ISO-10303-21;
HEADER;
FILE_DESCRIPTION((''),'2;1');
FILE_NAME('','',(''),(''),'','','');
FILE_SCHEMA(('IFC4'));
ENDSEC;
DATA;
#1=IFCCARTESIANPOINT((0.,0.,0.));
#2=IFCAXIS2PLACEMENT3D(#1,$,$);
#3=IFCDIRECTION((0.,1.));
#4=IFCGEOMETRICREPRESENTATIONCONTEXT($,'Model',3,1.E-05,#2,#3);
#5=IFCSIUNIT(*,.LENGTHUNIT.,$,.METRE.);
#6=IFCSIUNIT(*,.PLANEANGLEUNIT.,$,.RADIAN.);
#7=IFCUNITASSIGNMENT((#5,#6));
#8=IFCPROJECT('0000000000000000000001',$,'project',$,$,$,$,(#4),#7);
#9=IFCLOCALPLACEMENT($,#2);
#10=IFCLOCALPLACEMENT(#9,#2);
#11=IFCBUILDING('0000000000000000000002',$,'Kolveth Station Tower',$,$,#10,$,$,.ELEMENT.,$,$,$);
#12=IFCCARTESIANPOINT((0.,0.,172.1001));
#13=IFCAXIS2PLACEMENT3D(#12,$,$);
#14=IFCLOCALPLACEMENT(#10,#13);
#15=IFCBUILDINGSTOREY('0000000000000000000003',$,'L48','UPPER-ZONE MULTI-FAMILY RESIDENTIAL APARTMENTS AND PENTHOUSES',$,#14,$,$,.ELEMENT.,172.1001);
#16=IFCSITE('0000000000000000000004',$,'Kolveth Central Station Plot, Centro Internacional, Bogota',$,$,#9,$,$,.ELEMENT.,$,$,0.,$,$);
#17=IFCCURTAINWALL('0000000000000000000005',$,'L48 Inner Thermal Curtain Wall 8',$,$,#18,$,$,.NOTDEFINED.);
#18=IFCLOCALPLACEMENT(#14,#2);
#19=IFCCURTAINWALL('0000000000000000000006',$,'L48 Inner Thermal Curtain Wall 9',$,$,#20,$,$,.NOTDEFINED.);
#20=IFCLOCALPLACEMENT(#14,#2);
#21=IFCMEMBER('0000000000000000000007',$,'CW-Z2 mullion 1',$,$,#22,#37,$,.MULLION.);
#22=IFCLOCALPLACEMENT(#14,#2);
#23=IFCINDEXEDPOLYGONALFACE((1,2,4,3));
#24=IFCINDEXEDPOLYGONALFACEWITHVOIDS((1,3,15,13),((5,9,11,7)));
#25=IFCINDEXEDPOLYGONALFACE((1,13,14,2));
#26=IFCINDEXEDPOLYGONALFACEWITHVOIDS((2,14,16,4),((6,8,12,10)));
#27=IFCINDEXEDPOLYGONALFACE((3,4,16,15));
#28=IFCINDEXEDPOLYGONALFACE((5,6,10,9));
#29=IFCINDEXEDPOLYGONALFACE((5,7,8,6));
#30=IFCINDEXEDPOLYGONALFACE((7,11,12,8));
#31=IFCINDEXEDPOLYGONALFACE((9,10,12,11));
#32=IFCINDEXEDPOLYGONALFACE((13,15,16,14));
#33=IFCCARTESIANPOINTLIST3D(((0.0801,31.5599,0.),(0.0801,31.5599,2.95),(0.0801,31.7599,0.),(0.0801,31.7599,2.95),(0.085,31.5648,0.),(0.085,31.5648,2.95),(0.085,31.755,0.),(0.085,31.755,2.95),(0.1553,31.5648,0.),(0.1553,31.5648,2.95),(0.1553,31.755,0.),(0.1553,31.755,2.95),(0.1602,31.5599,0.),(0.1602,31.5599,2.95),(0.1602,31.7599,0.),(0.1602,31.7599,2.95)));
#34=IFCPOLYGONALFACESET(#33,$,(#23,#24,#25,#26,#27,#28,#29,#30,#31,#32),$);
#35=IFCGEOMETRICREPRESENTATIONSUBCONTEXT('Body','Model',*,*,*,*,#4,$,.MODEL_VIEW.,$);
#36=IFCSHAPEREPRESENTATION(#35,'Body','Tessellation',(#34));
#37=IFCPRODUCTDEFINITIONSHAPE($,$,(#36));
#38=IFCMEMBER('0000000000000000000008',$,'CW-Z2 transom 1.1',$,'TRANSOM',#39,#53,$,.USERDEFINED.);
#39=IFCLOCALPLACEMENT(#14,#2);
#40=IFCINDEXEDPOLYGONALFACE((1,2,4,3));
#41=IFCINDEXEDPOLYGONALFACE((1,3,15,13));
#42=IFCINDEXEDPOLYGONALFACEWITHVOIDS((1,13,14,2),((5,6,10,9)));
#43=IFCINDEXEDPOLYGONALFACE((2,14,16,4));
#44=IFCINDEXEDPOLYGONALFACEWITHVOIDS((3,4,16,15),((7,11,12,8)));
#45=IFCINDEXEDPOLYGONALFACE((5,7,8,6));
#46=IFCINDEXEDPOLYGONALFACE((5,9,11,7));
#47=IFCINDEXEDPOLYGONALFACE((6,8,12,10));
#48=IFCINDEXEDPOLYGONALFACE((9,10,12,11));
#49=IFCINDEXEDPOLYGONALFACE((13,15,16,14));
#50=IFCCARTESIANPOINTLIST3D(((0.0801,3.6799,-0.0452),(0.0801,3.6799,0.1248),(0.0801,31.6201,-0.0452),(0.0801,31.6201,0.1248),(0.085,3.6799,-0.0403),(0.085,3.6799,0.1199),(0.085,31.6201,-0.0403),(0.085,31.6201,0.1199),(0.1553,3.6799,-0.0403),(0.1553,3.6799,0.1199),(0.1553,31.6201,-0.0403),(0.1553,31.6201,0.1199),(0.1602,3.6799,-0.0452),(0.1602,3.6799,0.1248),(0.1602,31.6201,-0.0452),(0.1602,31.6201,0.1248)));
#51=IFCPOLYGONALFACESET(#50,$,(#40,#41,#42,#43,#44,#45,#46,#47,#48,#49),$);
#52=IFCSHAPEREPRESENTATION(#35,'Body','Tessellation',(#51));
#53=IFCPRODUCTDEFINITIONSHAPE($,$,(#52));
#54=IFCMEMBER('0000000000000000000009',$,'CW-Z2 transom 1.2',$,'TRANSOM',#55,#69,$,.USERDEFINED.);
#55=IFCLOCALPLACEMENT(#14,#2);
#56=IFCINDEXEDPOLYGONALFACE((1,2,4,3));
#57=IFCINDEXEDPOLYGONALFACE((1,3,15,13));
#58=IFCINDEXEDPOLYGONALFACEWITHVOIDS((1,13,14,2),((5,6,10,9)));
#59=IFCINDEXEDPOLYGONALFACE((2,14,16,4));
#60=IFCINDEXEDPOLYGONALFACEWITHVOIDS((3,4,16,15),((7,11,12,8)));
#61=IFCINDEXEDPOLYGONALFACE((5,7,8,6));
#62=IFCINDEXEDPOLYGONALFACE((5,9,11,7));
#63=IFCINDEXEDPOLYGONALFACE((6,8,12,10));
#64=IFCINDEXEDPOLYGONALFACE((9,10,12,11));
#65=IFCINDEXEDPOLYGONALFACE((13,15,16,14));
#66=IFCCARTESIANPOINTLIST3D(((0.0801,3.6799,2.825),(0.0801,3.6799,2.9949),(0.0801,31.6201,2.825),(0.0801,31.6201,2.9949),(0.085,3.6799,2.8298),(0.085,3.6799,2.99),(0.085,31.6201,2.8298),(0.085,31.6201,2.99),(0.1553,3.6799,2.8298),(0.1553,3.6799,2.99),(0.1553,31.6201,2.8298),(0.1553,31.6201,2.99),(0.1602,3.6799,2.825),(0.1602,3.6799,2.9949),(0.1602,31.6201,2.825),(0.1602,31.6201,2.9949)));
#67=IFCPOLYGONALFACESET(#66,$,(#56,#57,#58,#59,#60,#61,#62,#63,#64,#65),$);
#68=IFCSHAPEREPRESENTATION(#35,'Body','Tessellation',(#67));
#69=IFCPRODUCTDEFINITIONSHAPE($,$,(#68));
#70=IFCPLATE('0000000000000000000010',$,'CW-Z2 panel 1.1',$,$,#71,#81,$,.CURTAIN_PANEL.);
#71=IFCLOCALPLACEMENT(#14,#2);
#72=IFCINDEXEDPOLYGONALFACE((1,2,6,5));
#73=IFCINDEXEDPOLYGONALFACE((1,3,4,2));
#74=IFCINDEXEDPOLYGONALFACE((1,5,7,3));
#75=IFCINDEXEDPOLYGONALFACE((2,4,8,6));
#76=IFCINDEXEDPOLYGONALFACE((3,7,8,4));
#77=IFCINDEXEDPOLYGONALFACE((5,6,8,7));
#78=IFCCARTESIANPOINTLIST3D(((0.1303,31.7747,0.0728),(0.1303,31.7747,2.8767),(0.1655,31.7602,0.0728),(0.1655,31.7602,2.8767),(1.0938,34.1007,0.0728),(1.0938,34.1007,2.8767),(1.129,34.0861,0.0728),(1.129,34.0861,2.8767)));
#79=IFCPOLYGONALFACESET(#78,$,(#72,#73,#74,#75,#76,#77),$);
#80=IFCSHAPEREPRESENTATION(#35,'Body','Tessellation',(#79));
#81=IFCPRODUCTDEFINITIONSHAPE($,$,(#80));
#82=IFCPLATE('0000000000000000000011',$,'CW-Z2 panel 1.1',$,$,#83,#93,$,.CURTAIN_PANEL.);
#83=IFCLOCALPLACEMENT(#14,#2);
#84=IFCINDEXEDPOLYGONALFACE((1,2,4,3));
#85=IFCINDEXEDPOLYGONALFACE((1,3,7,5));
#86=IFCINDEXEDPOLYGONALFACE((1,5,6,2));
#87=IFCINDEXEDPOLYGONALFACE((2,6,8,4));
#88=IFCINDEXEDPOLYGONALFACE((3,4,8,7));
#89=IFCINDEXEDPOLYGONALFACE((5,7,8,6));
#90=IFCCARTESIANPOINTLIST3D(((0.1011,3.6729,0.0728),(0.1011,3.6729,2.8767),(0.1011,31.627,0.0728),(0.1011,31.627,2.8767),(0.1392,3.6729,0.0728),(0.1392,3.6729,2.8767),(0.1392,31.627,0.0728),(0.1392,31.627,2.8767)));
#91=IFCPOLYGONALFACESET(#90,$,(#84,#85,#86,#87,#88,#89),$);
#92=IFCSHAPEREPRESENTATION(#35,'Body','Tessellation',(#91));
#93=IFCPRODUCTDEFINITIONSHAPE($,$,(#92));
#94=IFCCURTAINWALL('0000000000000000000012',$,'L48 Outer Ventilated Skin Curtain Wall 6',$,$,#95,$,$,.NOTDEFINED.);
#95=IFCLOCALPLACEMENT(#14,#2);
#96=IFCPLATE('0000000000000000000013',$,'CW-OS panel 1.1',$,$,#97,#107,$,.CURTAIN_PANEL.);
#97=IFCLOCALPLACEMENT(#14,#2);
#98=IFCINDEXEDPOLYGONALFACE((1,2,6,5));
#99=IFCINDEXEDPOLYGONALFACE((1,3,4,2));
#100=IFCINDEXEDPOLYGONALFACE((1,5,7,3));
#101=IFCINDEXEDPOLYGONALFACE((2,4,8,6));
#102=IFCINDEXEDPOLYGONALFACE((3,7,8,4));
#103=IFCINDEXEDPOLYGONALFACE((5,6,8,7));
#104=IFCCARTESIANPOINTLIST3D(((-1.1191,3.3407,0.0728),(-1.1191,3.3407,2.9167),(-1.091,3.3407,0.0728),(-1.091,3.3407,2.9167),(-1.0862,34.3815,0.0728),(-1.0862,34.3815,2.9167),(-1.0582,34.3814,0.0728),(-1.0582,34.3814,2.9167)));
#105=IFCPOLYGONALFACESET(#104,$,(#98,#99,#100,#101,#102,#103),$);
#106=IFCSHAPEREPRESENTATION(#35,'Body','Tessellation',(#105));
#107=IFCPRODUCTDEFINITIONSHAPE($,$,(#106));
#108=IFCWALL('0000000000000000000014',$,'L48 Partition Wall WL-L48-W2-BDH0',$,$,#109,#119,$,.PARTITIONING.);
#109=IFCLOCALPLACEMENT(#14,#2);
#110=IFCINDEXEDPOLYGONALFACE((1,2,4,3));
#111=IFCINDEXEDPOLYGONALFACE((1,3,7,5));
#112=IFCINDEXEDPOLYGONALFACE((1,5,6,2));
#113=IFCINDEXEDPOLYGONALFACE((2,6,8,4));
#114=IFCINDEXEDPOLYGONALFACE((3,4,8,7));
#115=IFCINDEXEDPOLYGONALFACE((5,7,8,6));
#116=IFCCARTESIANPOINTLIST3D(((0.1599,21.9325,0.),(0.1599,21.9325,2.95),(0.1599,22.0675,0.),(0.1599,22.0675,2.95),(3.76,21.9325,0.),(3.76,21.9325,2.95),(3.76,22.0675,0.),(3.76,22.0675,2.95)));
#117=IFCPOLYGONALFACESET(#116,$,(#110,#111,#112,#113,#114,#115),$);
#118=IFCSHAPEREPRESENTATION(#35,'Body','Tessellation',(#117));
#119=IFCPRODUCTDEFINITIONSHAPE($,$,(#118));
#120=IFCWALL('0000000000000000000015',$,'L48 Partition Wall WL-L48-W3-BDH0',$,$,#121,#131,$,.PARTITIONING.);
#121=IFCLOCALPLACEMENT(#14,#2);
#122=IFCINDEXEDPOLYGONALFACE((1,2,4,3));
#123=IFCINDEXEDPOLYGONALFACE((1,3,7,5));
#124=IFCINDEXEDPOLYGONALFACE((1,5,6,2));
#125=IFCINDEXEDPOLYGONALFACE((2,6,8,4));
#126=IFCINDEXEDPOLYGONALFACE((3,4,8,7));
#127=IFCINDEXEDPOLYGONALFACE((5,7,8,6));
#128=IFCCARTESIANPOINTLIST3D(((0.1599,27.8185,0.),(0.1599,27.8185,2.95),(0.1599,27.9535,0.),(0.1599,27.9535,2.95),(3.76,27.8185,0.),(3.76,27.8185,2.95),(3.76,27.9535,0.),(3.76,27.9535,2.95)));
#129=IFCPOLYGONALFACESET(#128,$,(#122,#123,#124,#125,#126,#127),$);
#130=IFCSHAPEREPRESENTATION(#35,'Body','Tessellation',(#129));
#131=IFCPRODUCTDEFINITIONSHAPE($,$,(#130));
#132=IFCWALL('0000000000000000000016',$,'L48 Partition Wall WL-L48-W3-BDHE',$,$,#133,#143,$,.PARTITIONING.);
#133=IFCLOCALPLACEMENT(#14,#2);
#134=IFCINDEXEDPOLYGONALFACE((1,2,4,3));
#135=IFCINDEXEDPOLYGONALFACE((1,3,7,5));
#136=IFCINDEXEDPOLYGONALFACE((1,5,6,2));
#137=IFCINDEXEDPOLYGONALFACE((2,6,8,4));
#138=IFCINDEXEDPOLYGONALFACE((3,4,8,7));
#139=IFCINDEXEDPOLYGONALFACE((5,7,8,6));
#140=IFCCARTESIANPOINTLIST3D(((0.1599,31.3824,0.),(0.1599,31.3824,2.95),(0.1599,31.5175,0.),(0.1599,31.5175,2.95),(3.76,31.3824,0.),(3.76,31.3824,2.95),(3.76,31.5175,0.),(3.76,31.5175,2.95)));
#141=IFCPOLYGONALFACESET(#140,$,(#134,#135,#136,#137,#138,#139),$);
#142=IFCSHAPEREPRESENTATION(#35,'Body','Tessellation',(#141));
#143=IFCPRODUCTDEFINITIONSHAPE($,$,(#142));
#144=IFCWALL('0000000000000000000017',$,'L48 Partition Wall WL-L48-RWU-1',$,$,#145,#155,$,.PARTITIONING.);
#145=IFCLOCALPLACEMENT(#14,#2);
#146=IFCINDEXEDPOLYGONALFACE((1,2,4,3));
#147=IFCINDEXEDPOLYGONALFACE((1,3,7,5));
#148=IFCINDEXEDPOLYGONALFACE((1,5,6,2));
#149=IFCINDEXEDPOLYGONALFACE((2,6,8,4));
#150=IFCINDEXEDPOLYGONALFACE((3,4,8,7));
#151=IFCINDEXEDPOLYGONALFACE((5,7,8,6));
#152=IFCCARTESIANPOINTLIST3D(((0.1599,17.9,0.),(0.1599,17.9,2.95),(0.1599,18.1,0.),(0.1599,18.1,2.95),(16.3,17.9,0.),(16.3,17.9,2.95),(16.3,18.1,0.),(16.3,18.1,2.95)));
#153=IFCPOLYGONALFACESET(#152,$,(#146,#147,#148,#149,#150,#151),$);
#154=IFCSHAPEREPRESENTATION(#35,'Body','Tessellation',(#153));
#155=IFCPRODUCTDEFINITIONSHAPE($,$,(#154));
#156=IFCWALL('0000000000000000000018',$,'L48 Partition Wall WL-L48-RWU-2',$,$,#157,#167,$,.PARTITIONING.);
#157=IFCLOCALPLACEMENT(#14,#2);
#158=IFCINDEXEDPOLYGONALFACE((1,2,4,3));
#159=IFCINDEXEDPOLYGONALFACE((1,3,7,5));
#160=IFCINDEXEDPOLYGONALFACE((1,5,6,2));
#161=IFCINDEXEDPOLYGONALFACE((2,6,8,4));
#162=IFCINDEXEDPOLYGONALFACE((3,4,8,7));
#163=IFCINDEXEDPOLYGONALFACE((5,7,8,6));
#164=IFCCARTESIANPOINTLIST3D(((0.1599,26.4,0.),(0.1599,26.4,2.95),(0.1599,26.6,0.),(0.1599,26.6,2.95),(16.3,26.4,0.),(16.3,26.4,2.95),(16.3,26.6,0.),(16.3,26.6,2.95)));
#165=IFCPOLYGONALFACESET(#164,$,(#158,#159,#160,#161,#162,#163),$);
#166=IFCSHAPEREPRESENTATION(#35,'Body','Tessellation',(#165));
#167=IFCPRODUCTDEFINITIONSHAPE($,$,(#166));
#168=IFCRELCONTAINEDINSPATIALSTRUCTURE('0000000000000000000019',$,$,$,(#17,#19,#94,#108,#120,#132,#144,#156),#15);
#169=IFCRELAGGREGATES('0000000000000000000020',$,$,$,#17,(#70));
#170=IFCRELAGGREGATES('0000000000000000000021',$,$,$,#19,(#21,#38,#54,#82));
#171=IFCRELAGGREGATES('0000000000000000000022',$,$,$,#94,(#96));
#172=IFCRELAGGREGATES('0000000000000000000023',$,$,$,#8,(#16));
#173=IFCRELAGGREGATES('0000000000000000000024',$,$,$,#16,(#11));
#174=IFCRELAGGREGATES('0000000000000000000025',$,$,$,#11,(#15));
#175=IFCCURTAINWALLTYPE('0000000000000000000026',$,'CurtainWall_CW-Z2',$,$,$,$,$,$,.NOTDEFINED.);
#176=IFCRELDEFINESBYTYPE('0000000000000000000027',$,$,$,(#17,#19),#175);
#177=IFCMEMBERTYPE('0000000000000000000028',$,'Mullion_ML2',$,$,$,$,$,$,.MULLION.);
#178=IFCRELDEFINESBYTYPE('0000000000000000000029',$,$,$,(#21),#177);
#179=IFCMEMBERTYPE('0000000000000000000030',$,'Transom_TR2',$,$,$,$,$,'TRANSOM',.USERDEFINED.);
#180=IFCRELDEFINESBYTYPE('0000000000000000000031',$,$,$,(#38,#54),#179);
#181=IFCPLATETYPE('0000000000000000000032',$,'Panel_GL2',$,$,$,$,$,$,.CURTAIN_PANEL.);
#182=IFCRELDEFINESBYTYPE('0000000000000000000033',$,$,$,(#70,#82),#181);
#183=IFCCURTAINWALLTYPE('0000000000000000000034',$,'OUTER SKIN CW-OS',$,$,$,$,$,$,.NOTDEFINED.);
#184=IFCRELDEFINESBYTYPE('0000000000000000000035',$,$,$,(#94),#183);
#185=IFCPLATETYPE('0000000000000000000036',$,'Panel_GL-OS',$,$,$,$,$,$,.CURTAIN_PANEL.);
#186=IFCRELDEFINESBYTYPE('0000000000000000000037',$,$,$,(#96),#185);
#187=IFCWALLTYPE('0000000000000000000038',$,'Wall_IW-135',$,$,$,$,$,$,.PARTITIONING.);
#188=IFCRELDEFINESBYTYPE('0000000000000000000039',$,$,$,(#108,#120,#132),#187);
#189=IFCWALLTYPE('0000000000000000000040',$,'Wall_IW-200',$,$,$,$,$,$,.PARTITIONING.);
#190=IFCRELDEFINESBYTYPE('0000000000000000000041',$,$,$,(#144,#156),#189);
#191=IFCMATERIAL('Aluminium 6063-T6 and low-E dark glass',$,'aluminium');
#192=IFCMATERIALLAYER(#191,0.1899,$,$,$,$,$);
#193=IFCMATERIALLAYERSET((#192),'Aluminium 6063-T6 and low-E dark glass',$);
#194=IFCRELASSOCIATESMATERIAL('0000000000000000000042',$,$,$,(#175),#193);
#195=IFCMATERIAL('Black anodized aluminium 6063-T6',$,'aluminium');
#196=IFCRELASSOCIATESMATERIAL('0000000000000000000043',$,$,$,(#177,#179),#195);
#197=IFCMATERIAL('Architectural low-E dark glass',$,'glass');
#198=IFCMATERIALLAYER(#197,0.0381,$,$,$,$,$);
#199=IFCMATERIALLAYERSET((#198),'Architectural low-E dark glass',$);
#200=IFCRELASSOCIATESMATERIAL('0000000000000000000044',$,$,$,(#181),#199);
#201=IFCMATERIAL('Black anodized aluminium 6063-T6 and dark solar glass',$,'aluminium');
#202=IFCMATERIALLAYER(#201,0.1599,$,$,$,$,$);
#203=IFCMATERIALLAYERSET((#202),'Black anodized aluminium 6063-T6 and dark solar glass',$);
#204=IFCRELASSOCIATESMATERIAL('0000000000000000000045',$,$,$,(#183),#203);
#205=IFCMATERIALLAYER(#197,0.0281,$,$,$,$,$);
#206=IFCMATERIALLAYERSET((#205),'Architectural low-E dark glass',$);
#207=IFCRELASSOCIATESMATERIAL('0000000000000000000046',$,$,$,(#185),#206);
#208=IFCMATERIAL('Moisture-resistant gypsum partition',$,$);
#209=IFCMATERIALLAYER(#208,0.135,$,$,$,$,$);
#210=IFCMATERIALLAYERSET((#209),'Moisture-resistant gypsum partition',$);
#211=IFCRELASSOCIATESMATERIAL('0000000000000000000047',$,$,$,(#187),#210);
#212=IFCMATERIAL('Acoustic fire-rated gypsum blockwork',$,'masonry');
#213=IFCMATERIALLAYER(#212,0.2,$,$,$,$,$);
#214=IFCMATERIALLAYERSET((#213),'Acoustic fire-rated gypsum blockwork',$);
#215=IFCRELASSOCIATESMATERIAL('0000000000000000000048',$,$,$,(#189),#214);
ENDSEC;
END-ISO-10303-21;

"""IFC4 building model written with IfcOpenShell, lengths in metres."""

from ifc_helpers import new_model, si_unit, direction, frame, frame_2d, origin, origin_2d, place, context, subcontext, project, spatial, rectangle, hollow_rectangle, extrude, source, transform, mapped, material, layer, layer_set, material_profile, profile_set, type_object, element, aggregate, save


model = new_model("IFC4")

# Units and contexts
model_context = context("Model", 3, precision=1e-05, world=origin(), true_north=direction((0.0, 1.0)))
body_context = subcontext(model_context, "Body", "Model", "MODEL_VIEW")
ifc_project = project(units=[si_unit("LENGTHUNIT", "METRE"), si_unit("PLANEANGLEUNIT", "RADIAN")], contexts=[model_context])

# Site, building, storey
site_placement = place(None, origin())
site = spatial("IfcSite", under=ifc_project, at=site_placement, Name="Kolveth Central Station Plot, Centro Internacional, Bogota", CompositionType="ELEMENT", RefElevation=0.0)
building_placement = place(site_placement, origin())
building = spatial("IfcBuilding", under=site, at=building_placement, Name="Kolveth Station Tower", CompositionType="ELEMENT")
storey_placement = place(building_placement, frame((0.0, 0.0, 172.1001)))
storey = spatial("IfcBuildingStorey", under=building, at=storey_placement, Name="L48", Description="UPPER-ZONE MULTI-FAMILY RESIDENTIAL APARTMENTS AND PENTHOUSES", CompositionType="ELEMENT", Elevation=172.1001)

# Curtain wall
ifc_material_1 = material(Name="Aluminium 6063-T6 and low-E dark glass", Category="aluminium")
ifc_layer_1 = layer(ifc_material_1, 0.1899)
ifc_layer_set_1 = layer_set([ifc_layer_1], Name="Aluminium 6063-T6 and low-E dark glass")
curtain_wall_type_1 = type_object("IfcCurtainWallType", Name="CurtainWall_CW-Z2", PredefinedType="NOTDEFINED", material=ifc_layer_set_1)
curtain_wall_1_placement = place(storey_placement, origin())
curtain_wall_1 = element("IfcCurtainWall", 1, at=curtain_wall_1_placement, inside=storey, type_object=curtain_wall_type_1, Name="L48 Inner Thermal Curtain Wall 8", PredefinedType="NOTDEFINED")
ifc_material_2 = material(Name="Black anodized aluminium 6063-T6", Category="aluminium")
ifc_material_profile_1 = material_profile(ifc_material_2, hollow_rectangle(XDim=0.0801, YDim=0.2, WallThickness=0.0049, at=origin_2d()), Name="ALU-80x200x5")
ifc_profile_set_1 = profile_set([ifc_material_profile_1], Name="Black anodized aluminium 6063-T6")
member_type_1 = type_object("IfcMemberType", Name="Mullion_ML2", PredefinedType="MULLION", material=ifc_profile_set_1)
shared_shape_1 = source(origin(), body_context, "Body", "SweptSolid", [
    extrude(hollow_rectangle(XDim=0.0801, YDim=0.2, WallThickness=0.0049, at=origin_2d()), origin(), (0.0, 0.0, 1.0), 2.95),
])

# Curtain wall, members
curtain_wall_2_placement = place(storey_placement, origin())
curtain_wall_2 = element("IfcCurtainWall", 2, at=curtain_wall_2_placement, inside=storey, type_object=curtain_wall_type_1, Name="L48 Inner Thermal Curtain Wall 9", PredefinedType="NOTDEFINED")
member_1_placement = place(storey_placement, frame((0.1201, 31.6599, 0.0), z_axis=(0.0, 0.0, 1.0), x_axis=(1.0, 0.0, 0.0)))
member_1 = element("IfcMember", 3, at=member_1_placement, type_object=member_type_1, Name="CW-Z2 mullion 1", PredefinedType="MULLION", context=body_context, shape_type="MappedRepresentation", body=[
    mapped(shared_shape_1, transform((0.0, 0.0, 0.0), x_axis=(1.0, 0.0, 0.0), y_axis=(0.0, 1.0, 0.0), z_axis=(0.0, 0.0, 1.0), scale=1.0)),
])
ifc_material_profile_2 = material_profile(ifc_material_2, hollow_rectangle(XDim=0.0801, YDim=0.1699, WallThickness=0.0049, at=origin_2d()), Name="ALU-80x170x5")
ifc_profile_set_2 = profile_set([ifc_material_profile_2], Name="Black anodized aluminium 6063-T6")
member_type_2 = type_object("IfcMemberType", Name="Transom_TR2", ElementType="TRANSOM", PredefinedType="USERDEFINED", material=ifc_profile_set_2)
shared_shape_2 = source(origin(), body_context, "Body", "SweptSolid", [
    extrude(hollow_rectangle(XDim=0.0801, YDim=0.1699, WallThickness=0.0049, at=origin_2d()), origin(), (0.0, 0.0, 1.0), 27.9402),
])
member_2_placement = place(storey_placement, frame((0.1201, 31.6201, 0.0398), z_axis=(0.0, -1.0, 0.0), x_axis=(1.0, 0.0, 0.0)))
member_2 = element("IfcMember", 4, at=member_2_placement, type_object=member_type_2, Name="CW-Z2 transom 1.1", ObjectType="TRANSOM", PredefinedType="USERDEFINED", context=body_context, shape_type="MappedRepresentation", body=[
    mapped(shared_shape_2, transform((0.0, 0.0, 0.0), x_axis=(1.0, 0.0, 0.0), y_axis=(0.0, 1.0, 0.0), z_axis=(0.0, 0.0, 1.0), scale=1.0)),
])
member_3_placement = place(storey_placement, frame((0.1201, 31.6201, 2.9099), z_axis=(0.0, -1.0, 0.0), x_axis=(1.0, 0.0, 0.0)))
member_3 = element("IfcMember", 5, at=member_3_placement, type_object=member_type_2, Name="CW-Z2 transom 1.2", ObjectType="TRANSOM", PredefinedType="USERDEFINED", context=body_context, shape_type="MappedRepresentation", body=[
    mapped(shared_shape_2, transform((0.0, 0.0, 0.0), x_axis=(1.0, 0.0, 0.0), y_axis=(0.0, 1.0, 0.0), z_axis=(0.0, 0.0, 1.0), scale=1.0)),
])

# Plates
ifc_material_3 = material(Name="Architectural low-E dark glass", Category="glass")
ifc_layer_2 = layer(ifc_material_3, 0.0381)
ifc_layer_set_2 = layer_set([ifc_layer_2], Name="Architectural low-E dark glass")
plate_type_1 = type_object("IfcPlateType", Name="Panel_GL2", PredefinedType="CURTAIN_PANEL", material=ifc_layer_set_2)
shared_shape_3 = source(origin(), body_context, "Body", "SweptSolid", [
    extrude(rectangle(XDim=2.5176, YDim=0.0381, at=origin_2d()), origin(), (0.0, 0.0, 1.0), 2.804),
])
plate_1_placement = place(storey_placement, frame((0.6296, 32.9304, 0.0728), z_axis=(0.0, 0.0, 1.0), x_axis=(-0.382698, -0.923874, 0.0)))
plate_1 = element("IfcPlate", 6, at=plate_1_placement, type_object=plate_type_1, Name="CW-Z2 panel 1.1", PredefinedType="CURTAIN_PANEL", context=body_context, shape_type="MappedRepresentation", body=[
    mapped(shared_shape_3, transform((0.0, 0.0, 0.0), x_axis=(1.0, 0.0, 0.0), y_axis=(0.0, 1.0, 0.0), z_axis=(0.0, 0.0, 1.0), scale=1.0)),
])
aggregate(curtain_wall_1, [plate_1])
shared_shape_4 = source(origin(), body_context, "Body", "SweptSolid", [
    extrude(rectangle(XDim=27.9541, YDim=0.0381, at=origin_2d()), origin(), (0.0, 0.0, 1.0), 2.804),
])
plate_2_placement = place(storey_placement, frame((0.1201, 17.6499, 0.0728), z_axis=(0.0, 0.0, 1.0), x_axis=(0.0, -1.0, 0.0)))
plate_2 = element("IfcPlate", 7, at=plate_2_placement, type_object=plate_type_1, Name="CW-Z2 panel 1.1", PredefinedType="CURTAIN_PANEL", context=body_context, shape_type="MappedRepresentation", body=[
    mapped(shared_shape_4, transform((0.0, 0.0, 0.0), x_axis=(1.0, 0.0, 0.0), y_axis=(0.0, 1.0, 0.0), z_axis=(0.0, 0.0, 1.0), scale=1.0)),
])
aggregate(curtain_wall_2, [member_1, member_2, member_3, plate_2])

# Curtain wall, plate
ifc_material_4 = material(Name="Black anodized aluminium 6063-T6 and dark solar glass", Category="aluminium")
ifc_layer_3 = layer(ifc_material_4, 0.1599)
ifc_layer_set_3 = layer_set([ifc_layer_3], Name="Black anodized aluminium 6063-T6 and dark solar glass")
curtain_wall_type_2 = type_object("IfcCurtainWallType", Name="OUTER SKIN CW-OS", PredefinedType="NOTDEFINED", material=ifc_layer_set_3)
curtain_wall_3_placement = place(storey_placement, origin())
curtain_wall_3 = element("IfcCurtainWall", 8, at=curtain_wall_3_placement, inside=storey, type_object=curtain_wall_type_2, Name="L48 Outer Ventilated Skin Curtain Wall 6", PredefinedType="NOTDEFINED")
ifc_layer_4 = layer(ifc_material_3, 0.0281)
ifc_layer_set_4 = layer_set([ifc_layer_4], Name="Architectural low-E dark glass")
plate_type_2 = type_object("IfcPlateType", Name="Panel_GL-OS", PredefinedType="CURTAIN_PANEL", material=ifc_layer_set_4)
shared_shape_5 = source(origin(), body_context, "Body", "SweptSolid", [
    extrude(rectangle(XDim=31.0408, YDim=0.0281, at=origin_2d()), origin(), (0.0, 0.0, 1.0), 2.844),
])
plate_3_placement = place(storey_placement, frame((-1.0886, 18.8611, 0.0728), z_axis=(0.0, 0.0, 1.0), x_axis=(-0.001057, -0.999999, 0.0)))
plate_3 = element("IfcPlate", 9, at=plate_3_placement, type_object=plate_type_2, Name="CW-OS panel 1.1", PredefinedType="CURTAIN_PANEL", context=body_context, shape_type="MappedRepresentation", body=[
    mapped(shared_shape_5, transform((0.0, 0.0, 0.0), x_axis=(1.0, 0.0, 0.0), y_axis=(0.0, 1.0, 0.0), z_axis=(0.0, 0.0, 1.0), scale=1.0)),
])
aggregate(curtain_wall_3, [plate_3])

# Wall
ifc_material_5 = material(Name="Moisture-resistant gypsum partition")
ifc_layer_5 = layer(ifc_material_5, 0.135)
ifc_layer_set_5 = layer_set([ifc_layer_5], Name="Moisture-resistant gypsum partition")
wall_type_1 = type_object("IfcWallType", Name="Wall_IW-135", PredefinedType="PARTITIONING", material=ifc_layer_set_5)
wall_1_placement = place(storey_placement, frame((0.1599, 22.0, 0.0), z_axis=(0.0, 0.0, 1.0), x_axis=(1.0, 0.0, 0.0)))
element("IfcWall", 10, at=wall_1_placement, inside=storey, type_object=wall_type_1, Name="L48 Partition Wall WL-L48-W2-BDH0", PredefinedType="PARTITIONING", context=body_context, shape_type="SweptSolid", body=[
    extrude(rectangle(XDim=3.6001, YDim=0.135, at=frame_2d((1.8, 0.0))), origin(), (0.0, 0.0, 1.0), 2.95),
])

# Walls
for number, where, z_axis, x_axis, name in (
    (11, (0.1599, 27.886, 0.0), (0.0, 0.0, 1.0), (1.0, 0.0, 0.0), "L48 Partition Wall WL-L48-W3-BDH0"),
    (12, (0.1599, 31.45, 0.0), (0.0, 0.0, 1.0), (1.0, 0.0, 0.0), "L48 Partition Wall WL-L48-W3-BDHE"),
):
    element("IfcWall", number, at=place(storey_placement, frame(where, z_axis=z_axis, x_axis=x_axis)), inside=storey, type_object=wall_type_1, Name=name, PredefinedType="PARTITIONING", context=body_context, shape_type="SweptSolid", body=[
        extrude(rectangle(XDim=3.6001, YDim=0.135, at=frame_2d((1.8, 0.0))), origin(), (0.0, 0.0, 1.0), 2.95),
    ])

# Walls
ifc_material_6 = material(Name="Acoustic fire-rated gypsum blockwork", Category="masonry")
ifc_layer_6 = layer(ifc_material_6, 0.2)
ifc_layer_set_6 = layer_set([ifc_layer_6], Name="Acoustic fire-rated gypsum blockwork")
wall_type_2 = type_object("IfcWallType", Name="Wall_IW-200", PredefinedType="PARTITIONING", material=ifc_layer_set_6)
for number, where, z_axis, x_axis, name in (
    (13, (0.1599, 18.0, 0.0), (0.0, 0.0, 1.0), (1.0, 0.0, 0.0), "L48 Partition Wall WL-L48-RWU-1"),
    (14, (0.1599, 26.5, 0.0), (0.0, 0.0, 1.0), (1.0, 0.0, 0.0), "L48 Partition Wall WL-L48-RWU-2"),
):
    element("IfcWall", number, at=place(storey_placement, frame(where, z_axis=z_axis, x_axis=x_axis)), inside=storey, type_object=wall_type_2, Name=name, PredefinedType="PARTITIONING", context=body_context, shape_type="SweptSolid", body=[
        extrude(rectangle(XDim=16.1401, YDim=0.2, at=frame_2d((8.0701, 0.0))), origin(), (0.0, 0.0, 1.0), 2.95),
    ])

save(model, "model.ifc")
